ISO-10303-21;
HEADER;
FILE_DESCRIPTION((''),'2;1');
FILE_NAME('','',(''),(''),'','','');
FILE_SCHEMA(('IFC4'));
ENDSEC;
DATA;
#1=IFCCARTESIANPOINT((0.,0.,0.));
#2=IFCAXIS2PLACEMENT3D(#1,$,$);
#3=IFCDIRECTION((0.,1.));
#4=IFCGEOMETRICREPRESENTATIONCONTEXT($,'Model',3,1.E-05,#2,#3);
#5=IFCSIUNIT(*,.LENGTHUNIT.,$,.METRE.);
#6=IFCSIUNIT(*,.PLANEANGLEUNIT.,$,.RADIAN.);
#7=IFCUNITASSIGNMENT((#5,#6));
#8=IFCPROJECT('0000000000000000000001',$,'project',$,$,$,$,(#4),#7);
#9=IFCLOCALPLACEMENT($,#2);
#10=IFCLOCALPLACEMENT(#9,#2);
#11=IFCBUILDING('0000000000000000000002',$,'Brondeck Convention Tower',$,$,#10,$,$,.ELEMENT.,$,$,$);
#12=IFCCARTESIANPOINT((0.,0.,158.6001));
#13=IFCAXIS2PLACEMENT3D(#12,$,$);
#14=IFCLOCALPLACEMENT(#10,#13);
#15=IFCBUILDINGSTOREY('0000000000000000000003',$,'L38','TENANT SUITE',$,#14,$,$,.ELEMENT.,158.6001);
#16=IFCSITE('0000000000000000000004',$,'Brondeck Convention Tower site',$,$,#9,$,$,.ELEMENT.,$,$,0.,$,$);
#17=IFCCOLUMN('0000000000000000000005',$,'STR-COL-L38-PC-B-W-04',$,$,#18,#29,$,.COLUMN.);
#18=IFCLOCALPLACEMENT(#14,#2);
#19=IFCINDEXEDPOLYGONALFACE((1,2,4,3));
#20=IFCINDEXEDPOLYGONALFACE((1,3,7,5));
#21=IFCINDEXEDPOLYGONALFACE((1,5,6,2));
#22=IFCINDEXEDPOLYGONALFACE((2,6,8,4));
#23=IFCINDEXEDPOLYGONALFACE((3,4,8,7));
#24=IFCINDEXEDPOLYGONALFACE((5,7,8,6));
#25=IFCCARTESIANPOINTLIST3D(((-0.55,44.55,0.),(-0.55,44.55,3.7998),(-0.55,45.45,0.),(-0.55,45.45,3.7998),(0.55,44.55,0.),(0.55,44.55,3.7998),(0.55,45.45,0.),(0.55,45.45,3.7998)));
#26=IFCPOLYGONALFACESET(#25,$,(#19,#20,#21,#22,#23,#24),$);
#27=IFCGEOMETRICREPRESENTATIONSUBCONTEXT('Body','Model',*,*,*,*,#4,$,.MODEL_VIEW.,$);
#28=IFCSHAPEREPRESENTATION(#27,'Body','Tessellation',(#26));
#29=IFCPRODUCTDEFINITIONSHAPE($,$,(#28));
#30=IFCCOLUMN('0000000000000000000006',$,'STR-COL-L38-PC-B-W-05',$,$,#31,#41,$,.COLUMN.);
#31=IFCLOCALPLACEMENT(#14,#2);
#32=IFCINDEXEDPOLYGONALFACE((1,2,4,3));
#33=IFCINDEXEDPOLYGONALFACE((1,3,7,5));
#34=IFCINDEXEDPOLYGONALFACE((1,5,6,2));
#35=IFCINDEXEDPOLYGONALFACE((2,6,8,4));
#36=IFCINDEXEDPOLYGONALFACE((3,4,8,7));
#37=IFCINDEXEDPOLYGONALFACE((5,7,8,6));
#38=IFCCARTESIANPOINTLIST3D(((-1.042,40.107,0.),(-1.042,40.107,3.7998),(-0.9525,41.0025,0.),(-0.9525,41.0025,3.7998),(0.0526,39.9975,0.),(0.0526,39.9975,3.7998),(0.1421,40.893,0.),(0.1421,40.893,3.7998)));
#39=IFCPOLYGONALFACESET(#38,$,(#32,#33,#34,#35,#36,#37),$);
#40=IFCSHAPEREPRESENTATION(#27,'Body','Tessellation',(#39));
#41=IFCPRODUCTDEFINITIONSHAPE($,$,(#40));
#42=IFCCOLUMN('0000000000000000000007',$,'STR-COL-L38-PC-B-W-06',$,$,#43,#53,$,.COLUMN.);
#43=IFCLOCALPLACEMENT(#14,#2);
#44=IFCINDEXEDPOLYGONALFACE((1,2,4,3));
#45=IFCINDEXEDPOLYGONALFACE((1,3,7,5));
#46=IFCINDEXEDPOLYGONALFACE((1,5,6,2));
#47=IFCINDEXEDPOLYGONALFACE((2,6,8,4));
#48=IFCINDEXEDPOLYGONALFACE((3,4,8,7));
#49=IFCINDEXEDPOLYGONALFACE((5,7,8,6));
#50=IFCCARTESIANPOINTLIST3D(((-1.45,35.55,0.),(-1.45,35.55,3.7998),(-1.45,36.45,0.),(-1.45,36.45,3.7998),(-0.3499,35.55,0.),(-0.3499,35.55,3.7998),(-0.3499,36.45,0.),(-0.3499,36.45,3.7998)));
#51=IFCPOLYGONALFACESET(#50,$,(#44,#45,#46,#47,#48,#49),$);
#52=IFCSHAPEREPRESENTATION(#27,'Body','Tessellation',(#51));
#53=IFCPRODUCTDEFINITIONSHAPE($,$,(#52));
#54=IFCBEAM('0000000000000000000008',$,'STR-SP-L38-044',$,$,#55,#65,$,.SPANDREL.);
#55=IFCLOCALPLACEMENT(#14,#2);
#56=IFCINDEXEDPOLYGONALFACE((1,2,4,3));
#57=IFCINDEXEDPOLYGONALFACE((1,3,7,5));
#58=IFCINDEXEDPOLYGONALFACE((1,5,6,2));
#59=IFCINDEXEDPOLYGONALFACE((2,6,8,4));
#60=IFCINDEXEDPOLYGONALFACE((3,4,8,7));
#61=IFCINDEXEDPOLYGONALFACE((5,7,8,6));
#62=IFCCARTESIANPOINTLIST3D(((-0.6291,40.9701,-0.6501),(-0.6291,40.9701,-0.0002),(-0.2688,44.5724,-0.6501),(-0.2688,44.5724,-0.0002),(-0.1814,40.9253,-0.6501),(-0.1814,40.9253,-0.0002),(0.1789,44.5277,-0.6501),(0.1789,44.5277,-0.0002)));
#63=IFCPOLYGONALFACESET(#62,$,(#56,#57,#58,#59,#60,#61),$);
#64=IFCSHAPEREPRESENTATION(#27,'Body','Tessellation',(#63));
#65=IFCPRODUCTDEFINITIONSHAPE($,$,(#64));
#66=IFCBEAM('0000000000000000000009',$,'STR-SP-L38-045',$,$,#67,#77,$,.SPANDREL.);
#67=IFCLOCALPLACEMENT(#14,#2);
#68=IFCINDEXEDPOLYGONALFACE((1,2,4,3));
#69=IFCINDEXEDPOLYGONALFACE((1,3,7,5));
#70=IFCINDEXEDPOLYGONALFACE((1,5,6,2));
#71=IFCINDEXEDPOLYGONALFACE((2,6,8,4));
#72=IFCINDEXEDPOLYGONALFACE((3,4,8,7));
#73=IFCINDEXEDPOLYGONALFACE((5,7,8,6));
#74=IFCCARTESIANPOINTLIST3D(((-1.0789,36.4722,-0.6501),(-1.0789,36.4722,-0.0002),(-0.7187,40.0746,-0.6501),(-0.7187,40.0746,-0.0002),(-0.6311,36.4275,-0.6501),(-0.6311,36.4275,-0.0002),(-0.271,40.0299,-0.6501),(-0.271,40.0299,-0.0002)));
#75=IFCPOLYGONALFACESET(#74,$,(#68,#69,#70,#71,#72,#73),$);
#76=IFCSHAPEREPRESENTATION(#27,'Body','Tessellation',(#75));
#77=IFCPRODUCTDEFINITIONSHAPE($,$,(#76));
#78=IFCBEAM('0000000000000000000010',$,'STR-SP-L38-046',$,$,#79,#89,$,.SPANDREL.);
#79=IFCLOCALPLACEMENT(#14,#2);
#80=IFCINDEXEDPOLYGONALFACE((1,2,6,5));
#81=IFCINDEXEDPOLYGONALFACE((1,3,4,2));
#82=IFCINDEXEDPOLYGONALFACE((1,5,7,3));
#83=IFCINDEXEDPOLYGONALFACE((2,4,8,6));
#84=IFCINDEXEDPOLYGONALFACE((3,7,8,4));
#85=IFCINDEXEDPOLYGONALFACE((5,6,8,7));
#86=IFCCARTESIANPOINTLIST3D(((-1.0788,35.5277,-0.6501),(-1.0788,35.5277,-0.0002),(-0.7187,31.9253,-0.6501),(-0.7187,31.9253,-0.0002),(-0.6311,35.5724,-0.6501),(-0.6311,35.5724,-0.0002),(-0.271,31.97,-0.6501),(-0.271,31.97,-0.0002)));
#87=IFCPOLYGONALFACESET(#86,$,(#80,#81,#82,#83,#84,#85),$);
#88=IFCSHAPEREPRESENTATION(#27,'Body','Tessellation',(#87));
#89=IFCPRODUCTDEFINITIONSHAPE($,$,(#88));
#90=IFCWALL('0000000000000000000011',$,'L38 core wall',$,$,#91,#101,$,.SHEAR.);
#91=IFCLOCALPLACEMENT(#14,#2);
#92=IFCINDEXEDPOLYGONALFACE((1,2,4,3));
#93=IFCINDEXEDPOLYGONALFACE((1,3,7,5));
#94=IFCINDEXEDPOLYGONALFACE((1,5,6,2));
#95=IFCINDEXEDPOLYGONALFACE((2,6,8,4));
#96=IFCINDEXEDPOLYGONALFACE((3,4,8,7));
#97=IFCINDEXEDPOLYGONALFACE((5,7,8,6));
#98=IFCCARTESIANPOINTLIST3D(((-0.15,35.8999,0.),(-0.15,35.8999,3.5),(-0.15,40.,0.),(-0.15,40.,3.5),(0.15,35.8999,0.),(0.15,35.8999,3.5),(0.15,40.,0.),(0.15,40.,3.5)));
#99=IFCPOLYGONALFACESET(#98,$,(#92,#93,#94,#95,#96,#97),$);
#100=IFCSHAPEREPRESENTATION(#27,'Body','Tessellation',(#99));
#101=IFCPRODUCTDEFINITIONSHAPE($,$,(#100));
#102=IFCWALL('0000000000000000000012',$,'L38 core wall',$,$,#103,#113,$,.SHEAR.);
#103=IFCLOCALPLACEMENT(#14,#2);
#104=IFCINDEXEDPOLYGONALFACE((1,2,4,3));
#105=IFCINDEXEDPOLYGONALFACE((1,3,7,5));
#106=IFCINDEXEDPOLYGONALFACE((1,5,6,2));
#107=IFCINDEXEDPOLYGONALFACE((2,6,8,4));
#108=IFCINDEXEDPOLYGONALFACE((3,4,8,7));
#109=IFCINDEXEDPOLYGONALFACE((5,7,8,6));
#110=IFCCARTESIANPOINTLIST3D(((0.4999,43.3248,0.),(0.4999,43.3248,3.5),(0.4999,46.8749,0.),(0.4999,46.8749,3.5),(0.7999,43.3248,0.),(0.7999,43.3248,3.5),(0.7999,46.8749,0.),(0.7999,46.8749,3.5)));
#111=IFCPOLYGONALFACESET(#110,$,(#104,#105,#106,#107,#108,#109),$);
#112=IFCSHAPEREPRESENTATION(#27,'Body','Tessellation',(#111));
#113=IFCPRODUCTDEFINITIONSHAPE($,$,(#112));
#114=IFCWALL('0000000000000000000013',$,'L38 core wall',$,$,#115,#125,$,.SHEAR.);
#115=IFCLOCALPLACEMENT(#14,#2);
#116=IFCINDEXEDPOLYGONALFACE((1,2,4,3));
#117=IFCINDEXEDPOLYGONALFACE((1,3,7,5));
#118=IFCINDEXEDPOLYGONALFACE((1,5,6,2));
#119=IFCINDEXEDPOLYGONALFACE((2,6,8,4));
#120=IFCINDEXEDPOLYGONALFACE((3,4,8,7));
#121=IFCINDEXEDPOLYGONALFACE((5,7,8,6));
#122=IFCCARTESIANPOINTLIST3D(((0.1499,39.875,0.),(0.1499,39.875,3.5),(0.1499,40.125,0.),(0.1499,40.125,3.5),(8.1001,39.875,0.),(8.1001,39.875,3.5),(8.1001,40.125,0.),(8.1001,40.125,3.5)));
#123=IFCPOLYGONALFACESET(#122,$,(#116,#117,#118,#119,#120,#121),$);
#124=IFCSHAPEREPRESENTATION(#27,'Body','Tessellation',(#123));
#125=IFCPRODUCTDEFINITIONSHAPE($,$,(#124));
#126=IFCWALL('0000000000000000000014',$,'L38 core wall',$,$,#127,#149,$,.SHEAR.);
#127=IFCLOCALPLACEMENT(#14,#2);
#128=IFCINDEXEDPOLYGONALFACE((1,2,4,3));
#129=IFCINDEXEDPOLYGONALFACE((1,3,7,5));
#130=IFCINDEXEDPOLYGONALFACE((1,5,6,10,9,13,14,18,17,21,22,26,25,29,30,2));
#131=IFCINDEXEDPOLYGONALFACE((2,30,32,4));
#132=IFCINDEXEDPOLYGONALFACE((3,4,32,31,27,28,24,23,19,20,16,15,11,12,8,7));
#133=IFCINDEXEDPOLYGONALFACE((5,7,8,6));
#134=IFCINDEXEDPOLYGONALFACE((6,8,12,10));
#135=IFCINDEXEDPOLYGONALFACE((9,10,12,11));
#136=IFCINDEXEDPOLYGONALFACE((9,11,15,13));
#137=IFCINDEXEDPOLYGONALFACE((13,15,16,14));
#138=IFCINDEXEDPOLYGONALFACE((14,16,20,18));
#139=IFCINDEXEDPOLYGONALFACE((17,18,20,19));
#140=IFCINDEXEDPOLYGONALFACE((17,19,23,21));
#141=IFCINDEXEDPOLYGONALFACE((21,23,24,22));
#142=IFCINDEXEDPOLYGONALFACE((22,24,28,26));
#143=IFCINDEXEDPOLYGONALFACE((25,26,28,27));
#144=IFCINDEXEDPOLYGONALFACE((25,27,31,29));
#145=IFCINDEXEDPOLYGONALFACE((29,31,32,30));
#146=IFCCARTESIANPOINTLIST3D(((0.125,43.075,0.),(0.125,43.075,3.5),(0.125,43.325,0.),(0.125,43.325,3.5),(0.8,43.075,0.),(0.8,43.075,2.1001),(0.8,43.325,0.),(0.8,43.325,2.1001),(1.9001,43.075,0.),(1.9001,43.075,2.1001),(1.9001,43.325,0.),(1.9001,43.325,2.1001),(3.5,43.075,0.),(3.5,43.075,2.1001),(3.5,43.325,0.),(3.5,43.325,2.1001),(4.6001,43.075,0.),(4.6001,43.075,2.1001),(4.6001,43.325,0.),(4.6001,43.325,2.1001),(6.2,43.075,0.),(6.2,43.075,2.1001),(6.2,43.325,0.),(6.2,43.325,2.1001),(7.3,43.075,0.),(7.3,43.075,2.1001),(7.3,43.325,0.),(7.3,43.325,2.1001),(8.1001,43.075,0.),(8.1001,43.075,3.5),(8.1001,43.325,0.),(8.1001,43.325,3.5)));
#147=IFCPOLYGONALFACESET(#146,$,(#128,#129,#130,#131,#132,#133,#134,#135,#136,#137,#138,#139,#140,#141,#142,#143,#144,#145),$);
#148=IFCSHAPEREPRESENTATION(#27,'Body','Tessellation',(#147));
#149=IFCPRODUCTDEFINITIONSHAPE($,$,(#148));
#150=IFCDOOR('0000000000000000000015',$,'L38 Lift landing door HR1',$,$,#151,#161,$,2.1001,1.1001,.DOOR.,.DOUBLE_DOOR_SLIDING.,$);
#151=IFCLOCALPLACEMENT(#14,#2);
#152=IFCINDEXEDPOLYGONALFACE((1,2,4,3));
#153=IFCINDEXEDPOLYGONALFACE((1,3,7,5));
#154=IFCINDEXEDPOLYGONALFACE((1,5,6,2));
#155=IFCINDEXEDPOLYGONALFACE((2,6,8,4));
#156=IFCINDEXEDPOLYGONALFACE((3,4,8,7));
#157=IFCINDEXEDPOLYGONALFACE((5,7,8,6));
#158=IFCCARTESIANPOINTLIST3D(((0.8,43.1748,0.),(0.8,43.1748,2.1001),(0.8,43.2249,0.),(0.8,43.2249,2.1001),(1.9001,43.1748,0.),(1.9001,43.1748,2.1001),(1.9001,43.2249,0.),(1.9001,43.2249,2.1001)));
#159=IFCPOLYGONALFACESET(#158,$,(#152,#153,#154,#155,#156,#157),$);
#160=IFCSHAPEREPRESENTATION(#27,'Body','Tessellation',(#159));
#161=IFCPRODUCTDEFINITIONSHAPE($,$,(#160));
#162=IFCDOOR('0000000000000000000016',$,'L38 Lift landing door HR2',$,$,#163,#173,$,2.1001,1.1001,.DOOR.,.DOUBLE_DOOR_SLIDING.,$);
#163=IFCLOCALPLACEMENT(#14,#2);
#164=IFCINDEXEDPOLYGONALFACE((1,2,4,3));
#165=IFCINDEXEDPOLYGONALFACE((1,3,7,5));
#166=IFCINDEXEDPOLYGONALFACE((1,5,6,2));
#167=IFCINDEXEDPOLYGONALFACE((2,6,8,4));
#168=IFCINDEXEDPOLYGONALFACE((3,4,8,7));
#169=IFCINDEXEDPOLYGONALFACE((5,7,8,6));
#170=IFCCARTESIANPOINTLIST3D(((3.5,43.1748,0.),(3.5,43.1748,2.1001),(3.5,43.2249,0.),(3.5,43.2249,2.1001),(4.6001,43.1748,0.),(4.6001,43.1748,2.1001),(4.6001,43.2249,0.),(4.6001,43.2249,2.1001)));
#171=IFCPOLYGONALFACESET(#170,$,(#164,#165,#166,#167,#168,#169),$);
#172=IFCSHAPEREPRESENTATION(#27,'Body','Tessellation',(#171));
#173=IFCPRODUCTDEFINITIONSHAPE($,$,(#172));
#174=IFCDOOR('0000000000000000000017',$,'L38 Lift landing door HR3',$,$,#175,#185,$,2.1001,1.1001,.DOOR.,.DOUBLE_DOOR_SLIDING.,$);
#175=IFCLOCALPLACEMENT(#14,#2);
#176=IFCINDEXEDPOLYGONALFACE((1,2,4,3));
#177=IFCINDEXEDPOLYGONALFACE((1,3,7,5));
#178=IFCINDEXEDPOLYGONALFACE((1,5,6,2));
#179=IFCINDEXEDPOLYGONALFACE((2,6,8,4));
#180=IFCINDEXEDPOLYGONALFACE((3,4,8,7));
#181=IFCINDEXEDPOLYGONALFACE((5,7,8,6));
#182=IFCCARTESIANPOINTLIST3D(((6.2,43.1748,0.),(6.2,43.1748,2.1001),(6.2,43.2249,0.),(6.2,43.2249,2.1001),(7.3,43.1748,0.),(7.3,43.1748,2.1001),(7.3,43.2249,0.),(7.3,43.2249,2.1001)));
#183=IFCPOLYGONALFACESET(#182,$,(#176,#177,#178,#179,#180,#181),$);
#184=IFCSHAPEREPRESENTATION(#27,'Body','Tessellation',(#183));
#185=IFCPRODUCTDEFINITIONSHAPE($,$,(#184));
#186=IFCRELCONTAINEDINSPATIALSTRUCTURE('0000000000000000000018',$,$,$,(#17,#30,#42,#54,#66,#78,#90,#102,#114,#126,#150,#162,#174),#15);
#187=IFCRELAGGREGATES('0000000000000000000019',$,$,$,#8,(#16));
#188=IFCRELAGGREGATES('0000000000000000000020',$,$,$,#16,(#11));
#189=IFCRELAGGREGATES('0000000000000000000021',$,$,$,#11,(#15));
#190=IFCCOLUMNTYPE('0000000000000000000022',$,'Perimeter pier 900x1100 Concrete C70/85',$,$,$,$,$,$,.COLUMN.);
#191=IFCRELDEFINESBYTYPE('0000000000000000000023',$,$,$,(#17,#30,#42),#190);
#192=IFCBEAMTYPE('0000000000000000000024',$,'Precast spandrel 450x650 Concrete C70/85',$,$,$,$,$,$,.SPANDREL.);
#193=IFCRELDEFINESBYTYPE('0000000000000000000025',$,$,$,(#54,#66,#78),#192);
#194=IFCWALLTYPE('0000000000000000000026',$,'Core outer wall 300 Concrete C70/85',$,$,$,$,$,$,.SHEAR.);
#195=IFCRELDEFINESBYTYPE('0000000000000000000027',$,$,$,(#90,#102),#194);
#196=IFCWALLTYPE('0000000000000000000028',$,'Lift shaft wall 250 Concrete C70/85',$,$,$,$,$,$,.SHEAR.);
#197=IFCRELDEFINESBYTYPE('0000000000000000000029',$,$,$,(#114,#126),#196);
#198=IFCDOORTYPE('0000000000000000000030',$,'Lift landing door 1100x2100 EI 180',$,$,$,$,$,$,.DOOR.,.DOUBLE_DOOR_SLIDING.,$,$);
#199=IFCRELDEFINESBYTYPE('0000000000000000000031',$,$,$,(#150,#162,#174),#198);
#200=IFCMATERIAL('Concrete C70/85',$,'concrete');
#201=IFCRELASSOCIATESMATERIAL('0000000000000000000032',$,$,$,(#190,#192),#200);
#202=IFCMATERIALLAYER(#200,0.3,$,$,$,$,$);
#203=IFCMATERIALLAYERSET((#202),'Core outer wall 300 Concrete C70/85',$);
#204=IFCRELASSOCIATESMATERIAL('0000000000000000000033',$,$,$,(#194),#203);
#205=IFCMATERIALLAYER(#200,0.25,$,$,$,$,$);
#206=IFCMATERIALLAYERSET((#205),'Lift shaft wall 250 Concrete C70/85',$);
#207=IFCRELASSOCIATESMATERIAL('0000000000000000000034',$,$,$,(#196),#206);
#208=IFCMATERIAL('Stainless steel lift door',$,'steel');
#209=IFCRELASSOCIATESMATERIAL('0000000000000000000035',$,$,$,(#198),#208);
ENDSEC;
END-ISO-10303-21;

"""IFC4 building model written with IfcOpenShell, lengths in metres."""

from ifc_helpers import new_model, si_unit, direction, frame, frame_2d, origin, origin_2d, place, context, subcontext, project, spatial, rectangle, extrude, material, layer, layer_set, material_profile, profile_set, type_object, element, fill, save


model = new_model("IFC4")

# Units and contexts
model_context = context("Model", 3, precision=1e-05, world=origin(), true_north=direction((0.0, 1.0)))
body_context = subcontext(model_context, "Body", "Model", "MODEL_VIEW")
ifc_project = project(units=[si_unit("LENGTHUNIT", "METRE"), si_unit("PLANEANGLEUNIT", "RADIAN")], contexts=[model_context])

# Site, building, storey
site_placement = place(None, origin())
site = spatial("IfcSite", under=ifc_project, at=site_placement, Name="Brondeck Convention Tower site", CompositionType="ELEMENT", RefElevation=0.0)
building_placement = place(site_placement, origin())
building = spatial("IfcBuilding", under=site, at=building_placement, Name="Brondeck Convention Tower", CompositionType="ELEMENT")
storey_placement = place(building_placement, frame((0.0, 0.0, 158.6001)))
storey = spatial("IfcBuildingStorey", under=building, at=storey_placement, Name="L38", Description="TENANT SUITE", CompositionType="ELEMENT", Elevation=158.6001)

# Columns
ifc_material_1 = material(Name="Concrete C70/85", Category="concrete")
ifc_material_profile_1 = material_profile(ifc_material_1, rectangle(XDim=0.8999, YDim=1.1001, at=origin_2d()), Name="Perimeter pier 900x1100 Concrete C70/85")
ifc_profile_set_1 = profile_set([ifc_material_profile_1], Name="Concrete C70/85")
column_type = type_object("IfcColumnType", Name="Perimeter pier 900x1100 Concrete C70/85", PredefinedType="COLUMN", material=ifc_profile_set_1)
for number, where, z_axis, x_axis, name in (
    (1, (0.0, 45.0, 0.0), (0.0, 0.0, 1.0), (0.0, -1.0, 0.0), "STR-COL-L38-PC-B-W-04"),
    (2, (-0.45, 40.5, 0.0), (0.0, 0.0, 1.0), (-0.099504, -0.995037, 0.0), "STR-COL-L38-PC-B-W-05"),
    (3, (-0.8999, 36.0, 0.0), (0.0, 0.0, 1.0), (0.0, -1.0, 0.0), "STR-COL-L38-PC-B-W-06"),
):
    element("IfcColumn", number, at=place(storey_placement, frame(where, z_axis=z_axis, x_axis=x_axis)), inside=storey, type_object=column_type, Name=name, PredefinedType="COLUMN", context=body_context, shape_type="SweptSolid", body=[
        extrude(rectangle(XDim=0.8999, YDim=1.1001, at=origin_2d()), origin(), (0.0, 0.0, 1.0), 3.7998),
    ])

# Beams
ifc_material_profile_2 = material_profile(ifc_material_1, rectangle(XDim=0.45, YDim=0.6499, at=origin_2d()), Name="Precast spandrel 450x650 Concrete C70/85")
ifc_profile_set_2 = profile_set([ifc_material_profile_2], Name="Concrete C70/85")
beam_type = type_object("IfcBeamType", Name="Precast spandrel 450x650 Concrete C70/85", PredefinedType="SPANDREL", material=ifc_profile_set_2)
for number, where, z_axis, x_axis, name in (
    (4, (-0.0449, 44.55, -0.3252), (-0.099537, -0.995034, 0.0), (0.995034, -0.099537, 0.0), "STR-SP-L38-044"),
    (5, (-0.4949, 40.0522, -0.3252), (-0.09947, -0.995041, 0.0), (0.995041, -0.09947, 0.0), "STR-SP-L38-045"),
    (6, (-0.855, 35.55, -0.3252), (0.09947, -0.995041, 0.0), (0.995041, 0.09947, 0.0), "STR-SP-L38-046"),
):
    element("IfcBeam", number, at=place(storey_placement, frame(where, z_axis=z_axis, x_axis=x_axis)), inside=storey, type_object=beam_type, Name=name, PredefinedType="SPANDREL", context=body_context, shape_type="SweptSolid", body=[
        extrude(rectangle(XDim=0.45, YDim=0.6499, at=origin_2d()), origin(), (0.0, 0.0, 1.0), 3.6204),
    ])

# Walls
ifc_layer_1 = layer(ifc_material_1, 0.3)
ifc_layer_set_1 = layer_set([ifc_layer_1], Name="Core outer wall 300 Concrete C70/85")
wall_type_1 = type_object("IfcWallType", Name="Core outer wall 300 Concrete C70/85", PredefinedType="SHEAR", material=ifc_layer_set_1)
wall_1_placement = place(storey_placement, frame((0.0, 35.8999, 0.0), z_axis=(0.0, 0.0, 1.0), x_axis=(0.0, 1.0, 0.0)))
element("IfcWall", 7, at=wall_1_placement, inside=storey, type_object=wall_type_1, Name="L38 core wall", PredefinedType="SHEAR", context=body_context, shape_type="SweptSolid", body=[
    extrude(rectangle(XDim=4.1001, YDim=0.3, at=frame_2d((2.05, 0.0))), origin(), (0.0, 0.0, 1.0), 3.5),
])
wall_2_placement = place(storey_placement, frame((0.6499, 43.325, 0.0), z_axis=(0.0, 0.0, 1.0), x_axis=(0.0, 1.0, 0.0)))
element("IfcWall", 8, at=wall_2_placement, inside=storey, type_object=wall_type_1, Name="L38 core wall", PredefinedType="SHEAR", context=body_context, shape_type="SweptSolid", body=[
    extrude(rectangle(XDim=3.55, YDim=0.3, at=frame_2d((1.7749, 0.0))), origin(), (0.0, 0.0, 1.0), 3.5),
])
ifc_layer_2 = layer(ifc_material_1, 0.25)
ifc_layer_set_2 = layer_set([ifc_layer_2], Name="Lift shaft wall 250 Concrete C70/85")
wall_type_2 = type_object("IfcWallType", Name="Lift shaft wall 250 Concrete C70/85", PredefinedType="SHEAR", material=ifc_layer_set_2)
wall_3_placement = place(storey_placement, frame((0.1499, 40.0, 0.0), z_axis=(0.0, 0.0, 1.0), x_axis=(1.0, 0.0, 0.0)))
element("IfcWall", 9, at=wall_3_placement, inside=storey, type_object=wall_type_2, Name="L38 core wall", PredefinedType="SHEAR", context=body_context, shape_type="SweptSolid", body=[
    extrude(rectangle(XDim=7.9502, YDim=0.25, at=frame_2d((3.9751, 0.0))), origin(), (0.0, 0.0, 1.0), 3.5),
])

# Wall, openings, doors
wall_4_placement = place(storey_placement, frame((0.125, 43.2, 0.0), z_axis=(0.0, 0.0, 1.0), x_axis=(1.0, 0.0, 0.0)))
wall_4 = element("IfcWall", 10, at=wall_4_placement, inside=storey, type_object=wall_type_2, Name="L38 core wall", PredefinedType="SHEAR", context=body_context, shape_type="SweptSolid", body=[
    extrude(rectangle(XDim=7.9751, YDim=0.25, at=frame_2d((3.9875, 0.0))), origin(), (0.0, 0.0, 1.0), 3.5),
])
opening_1_placement = place(wall_4_placement, frame((0.675, 0.0, 0.0)))
opening_1 = element("IfcOpeningElement", 11, at=opening_1_placement, cuts=wall_4, PredefinedType="OPENING", context=body_context, shape_type="SweptSolid", body=[
    extrude(rectangle(XDim=1.1001, YDim=2.1001, at=frame_2d((0.55, 1.05))), frame((0.0, 0.135, 0.0), z_axis=(0.0, -1.0, 0.0), x_axis=(1.0, 0.0, 0.0)), (0.0, 0.0, 1.0), 0.27),
])
opening_2_placement = place(wall_4_placement, frame((3.375, 0.0, 0.0)))
opening_2 = element("IfcOpeningElement", 12, at=opening_2_placement, cuts=wall_4, PredefinedType="OPENING", context=body_context, shape_type="SweptSolid", body=[
    extrude(rectangle(XDim=1.1001, YDim=2.1001, at=frame_2d((0.55, 1.05))), frame((0.0, 0.135, 0.0), z_axis=(0.0, -1.0, 0.0), x_axis=(1.0, 0.0, 0.0)), (0.0, 0.0, 1.0), 0.27),
])
opening_3_placement = place(wall_4_placement, frame((6.075, 0.0, 0.0)))
opening_3 = element("IfcOpeningElement", 13, at=opening_3_placement, cuts=wall_4, PredefinedType="OPENING", context=body_context, shape_type="SweptSolid", body=[
    extrude(rectangle(XDim=1.1001, YDim=2.1001, at=frame_2d((0.55, 1.05))), frame((0.0, 0.135, 0.0), z_axis=(0.0, -1.0, 0.0), x_axis=(1.0, 0.0, 0.0)), (0.0, 0.0, 1.0), 0.27),
])
ifc_material_2 = material(Name="Stainless steel lift door", Category="steel")
door_type_1 = type_object("IfcDoorType", Name="Lift landing door 1100x2100 EI 180", OperationType="DOUBLE_DOOR_SLIDING", PredefinedType="DOOR", material=ifc_material_2)
door_1_placement = place(opening_1_placement, origin())
door_1 = element("IfcDoor", 14, at=door_1_placement, inside=storey, type_object=door_type_1, Name="L38 Lift landing door HR1", OperationType="DOUBLE_DOOR_SLIDING", OverallHeight=2.1001, OverallWidth=1.1001, PredefinedType="DOOR", context=body_context, shape_type="SweptSolid", body=[
    extrude(rectangle(XDim=1.1001, YDim=2.1001, at=frame_2d((0.55, 1.05))), frame((0.0, 0.0249, 0.0), z_axis=(0.0, -1.0, 0.0), x_axis=(1.0, 0.0, 0.0)), (0.0, 0.0, 1.0), 0.05),
])
fill(opening_1, door_1)
door_2_placement = place(opening_2_placement, origin())
door_2 = element("IfcDoor", 15, at=door_2_placement, inside=storey, type_object=door_type_1, Name="L38 Lift landing door HR2", OperationType="DOUBLE_DOOR_SLIDING", OverallHeight=2.1001, OverallWidth=1.1001, PredefinedType="DOOR", context=body_context, shape_type="SweptSolid", body=[
    extrude(rectangle(XDim=1.1001, YDim=2.1001, at=frame_2d((0.55, 1.05))), frame((0.0, 0.0249, 0.0), z_axis=(0.0, -1.0, 0.0), x_axis=(1.0, 0.0, 0.0)), (0.0, 0.0, 1.0), 0.05),
])
fill(opening_2, door_2)
door_3_placement = place(opening_3_placement, origin())
door_3 = element("IfcDoor", 16, at=door_3_placement, inside=storey, type_object=door_type_1, Name="L38 Lift landing door HR3", OperationType="DOUBLE_DOOR_SLIDING", OverallHeight=2.1001, OverallWidth=1.1001, PredefinedType="DOOR", context=body_context, shape_type="SweptSolid", body=[
    extrude(rectangle(XDim=1.1001, YDim=2.1001, at=frame_2d((0.55, 1.05))), frame((0.0, 0.0249, 0.0), z_axis=(0.0, -1.0, 0.0), x_axis=(1.0, 0.0, 0.0)), (0.0, 0.0, 1.0), 0.05),
])
fill(opening_3, door_3)

save(model, "model.ifc")
